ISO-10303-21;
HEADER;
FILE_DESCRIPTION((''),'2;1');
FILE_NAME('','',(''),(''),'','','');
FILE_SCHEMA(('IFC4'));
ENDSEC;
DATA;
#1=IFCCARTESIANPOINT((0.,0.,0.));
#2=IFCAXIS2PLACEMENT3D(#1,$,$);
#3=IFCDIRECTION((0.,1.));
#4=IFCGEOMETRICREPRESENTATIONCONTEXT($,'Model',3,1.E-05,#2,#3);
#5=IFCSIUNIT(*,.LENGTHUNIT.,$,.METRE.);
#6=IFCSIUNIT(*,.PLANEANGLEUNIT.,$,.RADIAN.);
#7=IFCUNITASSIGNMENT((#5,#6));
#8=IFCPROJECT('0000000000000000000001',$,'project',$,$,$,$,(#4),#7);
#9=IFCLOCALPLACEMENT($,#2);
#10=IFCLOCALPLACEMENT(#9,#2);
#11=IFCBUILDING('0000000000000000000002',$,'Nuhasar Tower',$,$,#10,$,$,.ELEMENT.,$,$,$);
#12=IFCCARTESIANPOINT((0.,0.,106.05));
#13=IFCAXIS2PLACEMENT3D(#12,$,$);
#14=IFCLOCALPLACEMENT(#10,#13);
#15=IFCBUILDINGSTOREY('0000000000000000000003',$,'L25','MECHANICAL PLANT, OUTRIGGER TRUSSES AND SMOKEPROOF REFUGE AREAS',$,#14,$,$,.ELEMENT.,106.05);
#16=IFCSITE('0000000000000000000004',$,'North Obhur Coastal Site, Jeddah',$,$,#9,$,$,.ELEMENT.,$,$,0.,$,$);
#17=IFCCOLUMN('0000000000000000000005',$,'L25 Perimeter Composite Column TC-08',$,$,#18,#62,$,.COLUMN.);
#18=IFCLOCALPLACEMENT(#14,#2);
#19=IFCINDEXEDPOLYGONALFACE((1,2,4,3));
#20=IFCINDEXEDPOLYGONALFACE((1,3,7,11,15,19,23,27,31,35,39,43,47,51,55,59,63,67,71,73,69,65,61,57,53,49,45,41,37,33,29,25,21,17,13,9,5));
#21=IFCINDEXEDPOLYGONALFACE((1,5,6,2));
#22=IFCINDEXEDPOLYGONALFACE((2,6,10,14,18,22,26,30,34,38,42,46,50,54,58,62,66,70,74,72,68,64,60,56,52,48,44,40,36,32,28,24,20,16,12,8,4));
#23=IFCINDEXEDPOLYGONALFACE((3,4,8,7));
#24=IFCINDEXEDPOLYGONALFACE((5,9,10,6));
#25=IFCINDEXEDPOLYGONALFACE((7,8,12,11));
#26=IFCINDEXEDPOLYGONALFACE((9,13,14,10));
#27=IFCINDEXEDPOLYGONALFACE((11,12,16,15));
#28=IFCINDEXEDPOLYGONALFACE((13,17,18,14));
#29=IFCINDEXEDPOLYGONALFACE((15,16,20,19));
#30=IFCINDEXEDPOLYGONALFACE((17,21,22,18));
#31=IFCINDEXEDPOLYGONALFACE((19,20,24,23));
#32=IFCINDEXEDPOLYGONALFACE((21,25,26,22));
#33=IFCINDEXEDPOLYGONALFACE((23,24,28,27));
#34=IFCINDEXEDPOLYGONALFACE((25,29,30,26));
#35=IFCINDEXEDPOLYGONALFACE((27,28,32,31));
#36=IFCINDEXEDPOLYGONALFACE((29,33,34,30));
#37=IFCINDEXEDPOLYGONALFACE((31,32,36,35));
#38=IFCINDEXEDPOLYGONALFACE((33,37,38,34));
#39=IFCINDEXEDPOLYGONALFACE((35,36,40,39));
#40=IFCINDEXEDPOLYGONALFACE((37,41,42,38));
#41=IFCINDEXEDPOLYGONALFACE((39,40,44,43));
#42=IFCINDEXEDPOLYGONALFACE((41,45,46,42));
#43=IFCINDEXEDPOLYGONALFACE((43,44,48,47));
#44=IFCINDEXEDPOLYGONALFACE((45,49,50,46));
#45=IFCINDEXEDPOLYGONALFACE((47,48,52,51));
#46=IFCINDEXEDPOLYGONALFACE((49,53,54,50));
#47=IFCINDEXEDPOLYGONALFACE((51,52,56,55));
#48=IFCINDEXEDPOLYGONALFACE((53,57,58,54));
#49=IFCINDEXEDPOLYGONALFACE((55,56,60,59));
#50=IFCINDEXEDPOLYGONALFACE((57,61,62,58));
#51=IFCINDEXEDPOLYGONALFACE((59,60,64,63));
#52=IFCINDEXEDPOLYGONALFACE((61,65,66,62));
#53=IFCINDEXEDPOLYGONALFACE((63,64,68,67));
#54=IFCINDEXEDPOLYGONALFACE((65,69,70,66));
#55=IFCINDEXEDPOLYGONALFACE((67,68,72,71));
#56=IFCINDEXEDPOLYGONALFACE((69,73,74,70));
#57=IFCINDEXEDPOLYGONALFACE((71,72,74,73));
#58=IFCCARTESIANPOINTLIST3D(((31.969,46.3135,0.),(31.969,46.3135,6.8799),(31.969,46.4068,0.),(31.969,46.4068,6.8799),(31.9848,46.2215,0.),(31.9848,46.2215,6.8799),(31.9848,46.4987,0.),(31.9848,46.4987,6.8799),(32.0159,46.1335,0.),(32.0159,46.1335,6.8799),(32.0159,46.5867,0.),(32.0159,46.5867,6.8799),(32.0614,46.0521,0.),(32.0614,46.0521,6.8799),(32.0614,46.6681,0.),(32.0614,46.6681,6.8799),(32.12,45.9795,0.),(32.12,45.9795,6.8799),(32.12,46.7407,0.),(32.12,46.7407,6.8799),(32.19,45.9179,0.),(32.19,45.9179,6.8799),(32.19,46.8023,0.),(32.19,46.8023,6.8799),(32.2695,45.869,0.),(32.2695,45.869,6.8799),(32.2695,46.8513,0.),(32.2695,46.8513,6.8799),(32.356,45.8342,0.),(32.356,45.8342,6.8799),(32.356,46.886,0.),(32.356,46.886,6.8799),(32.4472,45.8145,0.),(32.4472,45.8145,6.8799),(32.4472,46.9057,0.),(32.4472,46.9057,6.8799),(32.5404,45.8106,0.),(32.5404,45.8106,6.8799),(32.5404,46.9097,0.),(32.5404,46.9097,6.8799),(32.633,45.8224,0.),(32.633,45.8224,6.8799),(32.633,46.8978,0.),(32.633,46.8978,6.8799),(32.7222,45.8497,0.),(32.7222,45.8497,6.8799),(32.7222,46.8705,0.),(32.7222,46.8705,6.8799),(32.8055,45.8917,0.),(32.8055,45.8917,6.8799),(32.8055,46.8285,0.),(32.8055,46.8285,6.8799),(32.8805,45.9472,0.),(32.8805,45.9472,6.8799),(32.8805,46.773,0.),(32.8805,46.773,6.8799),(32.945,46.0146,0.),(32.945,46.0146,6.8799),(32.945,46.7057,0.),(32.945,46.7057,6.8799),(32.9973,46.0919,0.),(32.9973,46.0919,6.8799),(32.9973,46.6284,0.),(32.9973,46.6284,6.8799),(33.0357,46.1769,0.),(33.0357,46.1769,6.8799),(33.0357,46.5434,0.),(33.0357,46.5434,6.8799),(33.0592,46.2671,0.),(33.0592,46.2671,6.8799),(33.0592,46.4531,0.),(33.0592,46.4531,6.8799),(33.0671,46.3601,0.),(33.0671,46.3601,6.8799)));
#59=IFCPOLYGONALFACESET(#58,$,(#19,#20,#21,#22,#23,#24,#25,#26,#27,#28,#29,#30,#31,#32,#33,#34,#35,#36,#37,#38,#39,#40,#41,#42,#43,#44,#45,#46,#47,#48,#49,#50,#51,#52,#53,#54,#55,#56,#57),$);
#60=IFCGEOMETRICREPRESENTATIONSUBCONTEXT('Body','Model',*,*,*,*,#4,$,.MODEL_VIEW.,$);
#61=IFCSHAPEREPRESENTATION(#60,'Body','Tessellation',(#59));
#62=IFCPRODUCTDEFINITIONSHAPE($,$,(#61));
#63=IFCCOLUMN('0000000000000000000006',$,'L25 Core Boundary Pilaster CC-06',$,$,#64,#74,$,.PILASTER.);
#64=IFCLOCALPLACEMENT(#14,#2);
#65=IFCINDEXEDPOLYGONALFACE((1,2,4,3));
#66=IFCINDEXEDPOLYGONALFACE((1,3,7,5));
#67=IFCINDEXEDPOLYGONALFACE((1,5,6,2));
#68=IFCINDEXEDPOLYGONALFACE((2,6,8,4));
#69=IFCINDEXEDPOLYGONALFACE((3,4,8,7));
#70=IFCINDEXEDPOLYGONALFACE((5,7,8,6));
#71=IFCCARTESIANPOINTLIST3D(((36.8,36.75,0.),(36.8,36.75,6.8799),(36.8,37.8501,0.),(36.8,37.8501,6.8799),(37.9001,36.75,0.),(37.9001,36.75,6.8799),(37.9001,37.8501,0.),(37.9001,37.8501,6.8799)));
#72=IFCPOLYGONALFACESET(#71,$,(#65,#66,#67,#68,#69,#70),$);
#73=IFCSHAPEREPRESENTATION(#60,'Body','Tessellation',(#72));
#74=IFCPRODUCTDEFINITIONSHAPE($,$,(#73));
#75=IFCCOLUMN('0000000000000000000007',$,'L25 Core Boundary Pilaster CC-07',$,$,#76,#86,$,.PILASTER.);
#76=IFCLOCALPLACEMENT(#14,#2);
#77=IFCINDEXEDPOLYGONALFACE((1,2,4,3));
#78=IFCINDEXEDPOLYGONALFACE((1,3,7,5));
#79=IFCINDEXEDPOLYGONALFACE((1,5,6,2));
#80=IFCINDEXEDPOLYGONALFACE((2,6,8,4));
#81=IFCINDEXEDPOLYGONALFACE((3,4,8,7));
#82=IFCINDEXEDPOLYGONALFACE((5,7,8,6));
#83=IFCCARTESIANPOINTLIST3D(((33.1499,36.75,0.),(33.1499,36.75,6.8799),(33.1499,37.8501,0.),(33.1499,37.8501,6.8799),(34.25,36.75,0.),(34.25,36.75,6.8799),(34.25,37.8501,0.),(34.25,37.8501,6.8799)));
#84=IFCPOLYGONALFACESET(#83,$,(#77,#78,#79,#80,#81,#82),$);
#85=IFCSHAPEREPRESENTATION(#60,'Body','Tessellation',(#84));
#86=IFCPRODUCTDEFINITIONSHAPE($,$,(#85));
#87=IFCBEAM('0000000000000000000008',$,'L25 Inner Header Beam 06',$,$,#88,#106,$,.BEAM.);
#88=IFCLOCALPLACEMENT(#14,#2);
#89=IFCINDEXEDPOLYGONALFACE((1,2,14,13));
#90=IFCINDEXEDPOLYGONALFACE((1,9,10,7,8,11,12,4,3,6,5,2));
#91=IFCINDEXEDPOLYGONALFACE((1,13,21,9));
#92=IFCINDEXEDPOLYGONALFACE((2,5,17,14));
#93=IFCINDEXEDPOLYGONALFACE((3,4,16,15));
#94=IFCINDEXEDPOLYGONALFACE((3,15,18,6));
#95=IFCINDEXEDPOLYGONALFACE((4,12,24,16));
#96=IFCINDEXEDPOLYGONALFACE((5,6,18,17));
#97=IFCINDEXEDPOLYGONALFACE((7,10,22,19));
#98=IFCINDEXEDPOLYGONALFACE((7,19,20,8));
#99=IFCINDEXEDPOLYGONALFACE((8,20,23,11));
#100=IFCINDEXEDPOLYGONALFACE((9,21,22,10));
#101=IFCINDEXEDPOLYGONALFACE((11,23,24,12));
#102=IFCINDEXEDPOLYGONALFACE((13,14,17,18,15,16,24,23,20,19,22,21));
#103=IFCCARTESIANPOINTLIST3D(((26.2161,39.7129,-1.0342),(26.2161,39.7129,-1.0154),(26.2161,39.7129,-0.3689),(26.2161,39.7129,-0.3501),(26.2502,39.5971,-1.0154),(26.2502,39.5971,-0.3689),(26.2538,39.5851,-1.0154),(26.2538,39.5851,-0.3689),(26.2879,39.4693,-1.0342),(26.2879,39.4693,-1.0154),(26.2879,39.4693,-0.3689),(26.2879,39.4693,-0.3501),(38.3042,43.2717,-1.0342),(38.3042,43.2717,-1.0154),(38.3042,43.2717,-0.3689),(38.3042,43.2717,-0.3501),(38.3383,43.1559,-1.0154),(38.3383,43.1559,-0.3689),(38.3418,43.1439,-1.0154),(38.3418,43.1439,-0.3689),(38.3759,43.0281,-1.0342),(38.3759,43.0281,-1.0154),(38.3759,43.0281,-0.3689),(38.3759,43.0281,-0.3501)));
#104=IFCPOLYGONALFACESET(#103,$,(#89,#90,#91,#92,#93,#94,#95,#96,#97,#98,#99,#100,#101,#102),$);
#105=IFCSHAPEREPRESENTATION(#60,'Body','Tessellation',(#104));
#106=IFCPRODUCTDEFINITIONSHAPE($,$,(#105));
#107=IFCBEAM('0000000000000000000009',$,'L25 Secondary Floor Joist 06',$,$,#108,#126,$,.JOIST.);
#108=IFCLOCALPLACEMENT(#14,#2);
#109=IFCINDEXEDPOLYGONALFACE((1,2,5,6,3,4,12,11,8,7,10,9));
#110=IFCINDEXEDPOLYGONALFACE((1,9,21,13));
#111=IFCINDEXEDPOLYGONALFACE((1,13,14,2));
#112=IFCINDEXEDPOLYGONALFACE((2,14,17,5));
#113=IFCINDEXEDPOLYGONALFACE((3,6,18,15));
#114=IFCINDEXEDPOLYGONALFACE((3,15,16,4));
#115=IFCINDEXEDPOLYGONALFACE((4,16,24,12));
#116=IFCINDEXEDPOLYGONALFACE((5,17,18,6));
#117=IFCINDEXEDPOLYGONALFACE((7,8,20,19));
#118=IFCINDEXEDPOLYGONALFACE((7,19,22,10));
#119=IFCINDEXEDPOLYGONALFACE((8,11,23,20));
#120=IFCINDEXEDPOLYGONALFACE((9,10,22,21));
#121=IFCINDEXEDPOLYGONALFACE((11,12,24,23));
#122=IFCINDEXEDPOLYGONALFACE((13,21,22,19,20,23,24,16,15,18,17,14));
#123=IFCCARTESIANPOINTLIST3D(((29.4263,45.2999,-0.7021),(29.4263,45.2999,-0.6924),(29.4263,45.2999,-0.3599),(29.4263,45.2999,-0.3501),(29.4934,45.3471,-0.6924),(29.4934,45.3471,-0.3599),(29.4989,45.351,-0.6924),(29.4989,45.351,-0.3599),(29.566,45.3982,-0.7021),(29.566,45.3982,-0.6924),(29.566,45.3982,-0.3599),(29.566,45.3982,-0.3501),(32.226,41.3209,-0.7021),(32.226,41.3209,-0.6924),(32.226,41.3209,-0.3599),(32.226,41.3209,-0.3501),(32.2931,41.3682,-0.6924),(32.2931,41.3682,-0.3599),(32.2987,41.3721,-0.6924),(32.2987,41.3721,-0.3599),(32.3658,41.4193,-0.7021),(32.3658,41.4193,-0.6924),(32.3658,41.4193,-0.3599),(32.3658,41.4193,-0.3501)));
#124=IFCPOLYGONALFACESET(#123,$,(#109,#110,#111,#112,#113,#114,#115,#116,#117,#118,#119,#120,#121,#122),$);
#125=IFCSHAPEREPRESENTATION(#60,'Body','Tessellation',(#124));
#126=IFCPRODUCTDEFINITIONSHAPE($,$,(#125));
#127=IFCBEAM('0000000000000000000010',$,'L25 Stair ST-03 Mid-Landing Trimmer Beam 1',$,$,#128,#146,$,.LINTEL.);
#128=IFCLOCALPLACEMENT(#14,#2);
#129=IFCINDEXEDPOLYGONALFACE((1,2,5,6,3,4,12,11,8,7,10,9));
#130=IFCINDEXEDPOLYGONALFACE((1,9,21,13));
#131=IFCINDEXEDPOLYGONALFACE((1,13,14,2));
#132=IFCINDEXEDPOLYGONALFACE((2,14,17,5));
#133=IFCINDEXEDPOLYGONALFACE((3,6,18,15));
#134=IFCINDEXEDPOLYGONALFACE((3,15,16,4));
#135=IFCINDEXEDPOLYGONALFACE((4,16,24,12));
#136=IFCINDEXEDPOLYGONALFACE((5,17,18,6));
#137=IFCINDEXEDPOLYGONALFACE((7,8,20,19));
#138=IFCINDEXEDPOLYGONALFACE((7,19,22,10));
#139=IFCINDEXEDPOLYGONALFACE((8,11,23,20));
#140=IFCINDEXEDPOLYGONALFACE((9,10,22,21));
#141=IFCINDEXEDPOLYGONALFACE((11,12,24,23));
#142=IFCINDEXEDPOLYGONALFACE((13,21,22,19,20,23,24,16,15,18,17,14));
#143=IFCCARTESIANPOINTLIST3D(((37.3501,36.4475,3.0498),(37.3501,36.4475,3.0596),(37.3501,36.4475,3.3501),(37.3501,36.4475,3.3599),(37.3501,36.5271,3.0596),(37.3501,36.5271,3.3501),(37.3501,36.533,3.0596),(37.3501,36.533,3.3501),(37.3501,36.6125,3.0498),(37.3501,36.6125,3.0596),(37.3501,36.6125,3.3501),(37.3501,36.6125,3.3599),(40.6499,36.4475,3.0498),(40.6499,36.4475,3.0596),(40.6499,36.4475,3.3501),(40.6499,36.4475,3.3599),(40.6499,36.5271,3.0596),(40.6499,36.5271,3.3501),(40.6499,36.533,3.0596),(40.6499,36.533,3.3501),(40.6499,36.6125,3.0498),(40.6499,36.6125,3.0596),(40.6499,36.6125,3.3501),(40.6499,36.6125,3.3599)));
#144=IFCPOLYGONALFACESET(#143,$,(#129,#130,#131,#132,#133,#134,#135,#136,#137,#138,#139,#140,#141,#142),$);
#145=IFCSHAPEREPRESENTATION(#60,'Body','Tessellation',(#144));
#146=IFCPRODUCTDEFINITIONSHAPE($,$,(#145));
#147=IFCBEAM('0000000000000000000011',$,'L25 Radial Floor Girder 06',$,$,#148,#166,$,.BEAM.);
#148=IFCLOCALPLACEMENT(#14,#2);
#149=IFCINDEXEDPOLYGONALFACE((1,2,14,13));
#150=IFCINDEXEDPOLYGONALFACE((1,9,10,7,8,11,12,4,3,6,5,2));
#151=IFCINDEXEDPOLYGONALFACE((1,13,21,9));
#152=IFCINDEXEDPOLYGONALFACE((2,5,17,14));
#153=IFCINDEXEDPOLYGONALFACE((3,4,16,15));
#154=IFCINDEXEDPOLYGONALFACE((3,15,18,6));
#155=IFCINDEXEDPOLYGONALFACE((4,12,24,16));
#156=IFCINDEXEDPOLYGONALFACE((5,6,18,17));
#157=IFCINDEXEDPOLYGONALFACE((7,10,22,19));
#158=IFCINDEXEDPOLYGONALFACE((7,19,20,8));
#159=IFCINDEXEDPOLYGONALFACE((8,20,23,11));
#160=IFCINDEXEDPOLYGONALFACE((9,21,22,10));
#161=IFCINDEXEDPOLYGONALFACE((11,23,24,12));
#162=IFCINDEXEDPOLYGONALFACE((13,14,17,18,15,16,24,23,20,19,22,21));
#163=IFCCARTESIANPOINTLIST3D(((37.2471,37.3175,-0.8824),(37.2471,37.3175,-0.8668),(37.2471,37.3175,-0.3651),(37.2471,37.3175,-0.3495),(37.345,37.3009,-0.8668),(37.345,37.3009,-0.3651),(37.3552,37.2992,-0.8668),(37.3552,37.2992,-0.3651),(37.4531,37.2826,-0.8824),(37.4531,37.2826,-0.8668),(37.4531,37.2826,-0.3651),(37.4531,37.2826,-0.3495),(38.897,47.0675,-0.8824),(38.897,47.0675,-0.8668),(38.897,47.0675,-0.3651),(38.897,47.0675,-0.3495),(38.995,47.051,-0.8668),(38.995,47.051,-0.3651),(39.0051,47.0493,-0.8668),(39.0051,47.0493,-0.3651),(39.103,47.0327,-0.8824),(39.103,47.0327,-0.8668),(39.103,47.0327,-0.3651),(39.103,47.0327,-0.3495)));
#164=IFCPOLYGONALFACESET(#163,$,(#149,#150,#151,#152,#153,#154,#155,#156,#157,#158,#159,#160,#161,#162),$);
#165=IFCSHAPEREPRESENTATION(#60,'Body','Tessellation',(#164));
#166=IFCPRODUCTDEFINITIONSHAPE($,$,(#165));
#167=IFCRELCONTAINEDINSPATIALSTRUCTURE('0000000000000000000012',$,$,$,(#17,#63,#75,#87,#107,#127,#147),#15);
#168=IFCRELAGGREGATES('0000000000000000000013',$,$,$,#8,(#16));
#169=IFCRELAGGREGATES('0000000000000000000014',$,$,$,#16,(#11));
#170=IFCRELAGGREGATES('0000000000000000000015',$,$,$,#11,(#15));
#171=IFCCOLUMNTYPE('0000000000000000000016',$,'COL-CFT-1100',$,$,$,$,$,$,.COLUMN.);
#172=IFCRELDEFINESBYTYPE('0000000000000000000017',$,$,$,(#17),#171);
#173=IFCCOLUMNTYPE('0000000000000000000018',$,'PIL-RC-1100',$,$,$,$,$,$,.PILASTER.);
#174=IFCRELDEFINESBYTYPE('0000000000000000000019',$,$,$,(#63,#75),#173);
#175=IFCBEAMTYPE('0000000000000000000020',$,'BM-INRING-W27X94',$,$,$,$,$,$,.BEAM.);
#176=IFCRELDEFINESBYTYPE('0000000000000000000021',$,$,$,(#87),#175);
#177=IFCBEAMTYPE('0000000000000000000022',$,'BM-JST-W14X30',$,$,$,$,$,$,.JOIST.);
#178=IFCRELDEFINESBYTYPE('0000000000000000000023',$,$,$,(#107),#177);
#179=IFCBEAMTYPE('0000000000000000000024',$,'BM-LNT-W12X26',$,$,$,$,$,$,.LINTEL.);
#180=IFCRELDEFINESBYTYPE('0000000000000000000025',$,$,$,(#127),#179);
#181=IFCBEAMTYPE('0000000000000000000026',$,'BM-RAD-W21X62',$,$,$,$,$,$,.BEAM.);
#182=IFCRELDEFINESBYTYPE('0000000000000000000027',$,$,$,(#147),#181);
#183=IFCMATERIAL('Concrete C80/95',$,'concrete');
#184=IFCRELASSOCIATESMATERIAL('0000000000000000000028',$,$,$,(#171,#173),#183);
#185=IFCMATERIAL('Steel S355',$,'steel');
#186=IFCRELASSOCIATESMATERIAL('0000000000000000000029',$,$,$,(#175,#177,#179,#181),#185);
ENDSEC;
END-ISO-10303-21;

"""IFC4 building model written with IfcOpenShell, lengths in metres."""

from ifc_helpers import new_model, si_unit, direction, frame, origin, origin_2d, place, context, subcontext, project, spatial, rectangle, circle, i_section, extrude, material, material_profile, profile_set, type_object, element, save


model = new_model("IFC4")

# Units and contexts
model_context = context("Model", 3, precision=1e-05, world=origin(), true_north=direction((0.0, 1.0)))
body_context = subcontext(model_context, "Body", "Model", "MODEL_VIEW")
ifc_project = project(units=[si_unit("LENGTHUNIT", "METRE"), si_unit("PLANEANGLEUNIT", "RADIAN")], contexts=[model_context])

# Site, building, storey
site_placement = place(None, origin())
site = spatial("IfcSite", under=ifc_project, at=site_placement, Name="North Obhur Coastal Site, Jeddah", CompositionType="ELEMENT", RefElevation=0.0)
building_placement = place(site_placement, origin())
building = spatial("IfcBuilding", under=site, at=building_placement, Name="Nuhasar Tower", CompositionType="ELEMENT")
storey_placement = place(building_placement, frame((0.0, 0.0, 106.05)))
storey = spatial("IfcBuildingStorey", under=building, at=storey_placement, Name="L25", Description="MECHANICAL PLANT, OUTRIGGER TRUSSES AND SMOKEPROOF REFUGE AREAS", CompositionType="ELEMENT", Elevation=106.05)

# Columns
ifc_material_1 = material(Name="Concrete C80/95", Category="concrete")
ifc_material_profile_1 = material_profile(ifc_material_1, circle(Radius=0.55, at=origin_2d()), Name="CFT1100")
ifc_profile_set_1 = profile_set([ifc_material_profile_1], Name="Concrete C80/95")
column_type_1 = type_object("IfcColumnType", Name="COL-CFT-1100", PredefinedType="COLUMN", material=ifc_profile_set_1)
column_placement = place(storey_placement, frame((32.5171, 46.3601, 0.0), z_axis=(0.0, 0.0, 1.0), x_axis=(1.0, 0.0, 0.0)))
element("IfcColumn", 1, at=column_placement, inside=storey, type_object=column_type_1, Name="L25 Perimeter Composite Column TC-08", PredefinedType="COLUMN", context=body_context, shape_type="SweptSolid", body=[
    extrude(circle(Radius=0.55, at=origin_2d()), origin(), (0.0, 0.0, 1.0), 6.8799),
])
ifc_material_profile_2 = material_profile(ifc_material_1, rectangle(XDim=1.1001, YDim=1.1001, at=origin_2d()), Name="RC1100X1100")
ifc_profile_set_2 = profile_set([ifc_material_profile_2], Name="Concrete C80/95")
column_type_2 = type_object("IfcColumnType", Name="PIL-RC-1100", PredefinedType="PILASTER", material=ifc_profile_set_2)
for number, where, z_axis, x_axis, name in (
    (2, (37.3501, 37.3, 0.0), (0.0, 0.0, 1.0), (1.0, 0.0, 0.0), "L25 Core Boundary Pilaster CC-06"),
    (3, (33.7, 37.3, 0.0), (0.0, 0.0, 1.0), (1.0, 0.0, 0.0), "L25 Core Boundary Pilaster CC-07"),
):
    element("IfcColumn", number, at=place(storey_placement, frame(where, z_axis=z_axis, x_axis=x_axis)), inside=storey, type_object=column_type_2, Name=name, PredefinedType="PILASTER", context=body_context, shape_type="SweptSolid", body=[
        extrude(rectangle(XDim=1.1001, YDim=1.1001, at=origin_2d()), origin(), (0.0, 0.0, 1.0), 6.8799),
    ])

# Beams
ifc_material_2 = material(Name="Steel S355", Category="steel")
ifc_material_profile_3 = material_profile(ifc_material_2, i_section(OverallWidth=0.2539, OverallDepth=0.6841, WebThickness=0.0125, FlangeThickness=0.0188, at=origin_2d()), Name="W27X94")
ifc_profile_set_3 = profile_set([ifc_material_profile_3], Name="Steel S355")
beam_type_1 = type_object("IfcBeamType", Name="BM-INRING-W27X94", PredefinedType="BEAM", material=ifc_profile_set_3)
beam_1_placement = place(storey_placement, frame((38.3401, 43.1499, -0.6921), z_axis=(-0.95929, -0.282422, 0.0), x_axis=(0.282422, -0.95929, 0.0)))
element("IfcBeam", 4, at=beam_1_placement, inside=storey, type_object=beam_type_1, Name="L25 Inner Header Beam 06", PredefinedType="BEAM", context=body_context, shape_type="SweptSolid", body=[
    extrude(i_section(OverallWidth=0.2539, OverallDepth=0.6841, WebThickness=0.0125, FlangeThickness=0.0188, at=origin_2d()), origin(), (0.0, 0.0, 1.0), 12.6011),
])
ifc_material_profile_4 = material_profile(ifc_material_2, i_section(OverallWidth=0.1709, OverallDepth=0.3521, WebThickness=0.0068, FlangeThickness=0.0098, at=origin_2d()), Name="W14X30")
ifc_profile_set_4 = profile_set([ifc_material_profile_4], Name="Steel S355")
beam_type_2 = type_object("IfcBeamType", Name="BM-JST-W14X30", PredefinedType="JOIST", material=ifc_profile_set_4)
beam_2_placement = place(storey_placement, frame((32.2959, 41.3701, -0.5261), z_axis=(-0.575461, 0.817829, 0.0), x_axis=(-0.817829, -0.575461, 0.0)))
element("IfcBeam", 5, at=beam_2_placement, inside=storey, type_object=beam_type_2, Name="L25 Secondary Floor Joist 06", PredefinedType="JOIST", context=body_context, shape_type="SweptSolid", body=[
    extrude(i_section(OverallWidth=0.1709, OverallDepth=0.3521, WebThickness=0.0068, FlangeThickness=0.0098, at=origin_2d()), origin(), (0.0, 0.0, 1.0), 4.8652),
])
ifc_material_profile_5 = material_profile(ifc_material_2, i_section(OverallWidth=0.165, OverallDepth=0.3101, WebThickness=0.0059, FlangeThickness=0.0098, at=origin_2d()), Name="W12X26")
ifc_profile_set_5 = profile_set([ifc_material_profile_5], Name="Steel S355")
beam_type_3 = type_object("IfcBeamType", Name="BM-LNT-W12X26", PredefinedType="LINTEL", material=ifc_profile_set_5)
beam_3_placement = place(storey_placement, frame((37.3501, 36.53, 3.2048), z_axis=(1.0, 0.0, 0.0), x_axis=(0.0, 1.0, 0.0)))
element("IfcBeam", 6, at=beam_3_placement, inside=storey, type_object=beam_type_3, Name="L25 Stair ST-03 Mid-Landing Trimmer Beam 1", PredefinedType="LINTEL", context=body_context, shape_type="SweptSolid", body=[
    extrude(i_section(OverallWidth=0.165, OverallDepth=0.3101, WebThickness=0.0059, FlangeThickness=0.0098, at=origin_2d()), origin(), (0.0, 0.0, 1.0), 3.2998),
])
ifc_material_profile_6 = material_profile(ifc_material_2, i_section(OverallWidth=0.209, OverallDepth=0.533, WebThickness=0.0103, FlangeThickness=0.0156, at=origin_2d()), Name="W21X62")
ifc_profile_set_6 = profile_set([ifc_material_profile_6], Name="Steel S355")
beam_type_4 = type_object("IfcBeamType", Name="BM-RAD-W21X62", PredefinedType="BEAM", material=ifc_profile_set_6)
beam_4_placement = place(storey_placement, frame((37.3501, 37.3, -0.616), z_axis=(0.166849, 0.985983, 0.0), x_axis=(-0.985983, 0.166849, 0.0)))
element("IfcBeam", 7, at=beam_4_placement, inside=storey, type_object=beam_type_4, Name="L25 Radial Floor Girder 06", PredefinedType="BEAM", context=body_context, shape_type="SweptSolid", body=[
    extrude(i_section(OverallWidth=0.209, OverallDepth=0.533, WebThickness=0.0103, FlangeThickness=0.0156, at=origin_2d()), origin(), (0.0, 0.0, 1.0), 9.8887),
])

save(model, "model.ifc")
